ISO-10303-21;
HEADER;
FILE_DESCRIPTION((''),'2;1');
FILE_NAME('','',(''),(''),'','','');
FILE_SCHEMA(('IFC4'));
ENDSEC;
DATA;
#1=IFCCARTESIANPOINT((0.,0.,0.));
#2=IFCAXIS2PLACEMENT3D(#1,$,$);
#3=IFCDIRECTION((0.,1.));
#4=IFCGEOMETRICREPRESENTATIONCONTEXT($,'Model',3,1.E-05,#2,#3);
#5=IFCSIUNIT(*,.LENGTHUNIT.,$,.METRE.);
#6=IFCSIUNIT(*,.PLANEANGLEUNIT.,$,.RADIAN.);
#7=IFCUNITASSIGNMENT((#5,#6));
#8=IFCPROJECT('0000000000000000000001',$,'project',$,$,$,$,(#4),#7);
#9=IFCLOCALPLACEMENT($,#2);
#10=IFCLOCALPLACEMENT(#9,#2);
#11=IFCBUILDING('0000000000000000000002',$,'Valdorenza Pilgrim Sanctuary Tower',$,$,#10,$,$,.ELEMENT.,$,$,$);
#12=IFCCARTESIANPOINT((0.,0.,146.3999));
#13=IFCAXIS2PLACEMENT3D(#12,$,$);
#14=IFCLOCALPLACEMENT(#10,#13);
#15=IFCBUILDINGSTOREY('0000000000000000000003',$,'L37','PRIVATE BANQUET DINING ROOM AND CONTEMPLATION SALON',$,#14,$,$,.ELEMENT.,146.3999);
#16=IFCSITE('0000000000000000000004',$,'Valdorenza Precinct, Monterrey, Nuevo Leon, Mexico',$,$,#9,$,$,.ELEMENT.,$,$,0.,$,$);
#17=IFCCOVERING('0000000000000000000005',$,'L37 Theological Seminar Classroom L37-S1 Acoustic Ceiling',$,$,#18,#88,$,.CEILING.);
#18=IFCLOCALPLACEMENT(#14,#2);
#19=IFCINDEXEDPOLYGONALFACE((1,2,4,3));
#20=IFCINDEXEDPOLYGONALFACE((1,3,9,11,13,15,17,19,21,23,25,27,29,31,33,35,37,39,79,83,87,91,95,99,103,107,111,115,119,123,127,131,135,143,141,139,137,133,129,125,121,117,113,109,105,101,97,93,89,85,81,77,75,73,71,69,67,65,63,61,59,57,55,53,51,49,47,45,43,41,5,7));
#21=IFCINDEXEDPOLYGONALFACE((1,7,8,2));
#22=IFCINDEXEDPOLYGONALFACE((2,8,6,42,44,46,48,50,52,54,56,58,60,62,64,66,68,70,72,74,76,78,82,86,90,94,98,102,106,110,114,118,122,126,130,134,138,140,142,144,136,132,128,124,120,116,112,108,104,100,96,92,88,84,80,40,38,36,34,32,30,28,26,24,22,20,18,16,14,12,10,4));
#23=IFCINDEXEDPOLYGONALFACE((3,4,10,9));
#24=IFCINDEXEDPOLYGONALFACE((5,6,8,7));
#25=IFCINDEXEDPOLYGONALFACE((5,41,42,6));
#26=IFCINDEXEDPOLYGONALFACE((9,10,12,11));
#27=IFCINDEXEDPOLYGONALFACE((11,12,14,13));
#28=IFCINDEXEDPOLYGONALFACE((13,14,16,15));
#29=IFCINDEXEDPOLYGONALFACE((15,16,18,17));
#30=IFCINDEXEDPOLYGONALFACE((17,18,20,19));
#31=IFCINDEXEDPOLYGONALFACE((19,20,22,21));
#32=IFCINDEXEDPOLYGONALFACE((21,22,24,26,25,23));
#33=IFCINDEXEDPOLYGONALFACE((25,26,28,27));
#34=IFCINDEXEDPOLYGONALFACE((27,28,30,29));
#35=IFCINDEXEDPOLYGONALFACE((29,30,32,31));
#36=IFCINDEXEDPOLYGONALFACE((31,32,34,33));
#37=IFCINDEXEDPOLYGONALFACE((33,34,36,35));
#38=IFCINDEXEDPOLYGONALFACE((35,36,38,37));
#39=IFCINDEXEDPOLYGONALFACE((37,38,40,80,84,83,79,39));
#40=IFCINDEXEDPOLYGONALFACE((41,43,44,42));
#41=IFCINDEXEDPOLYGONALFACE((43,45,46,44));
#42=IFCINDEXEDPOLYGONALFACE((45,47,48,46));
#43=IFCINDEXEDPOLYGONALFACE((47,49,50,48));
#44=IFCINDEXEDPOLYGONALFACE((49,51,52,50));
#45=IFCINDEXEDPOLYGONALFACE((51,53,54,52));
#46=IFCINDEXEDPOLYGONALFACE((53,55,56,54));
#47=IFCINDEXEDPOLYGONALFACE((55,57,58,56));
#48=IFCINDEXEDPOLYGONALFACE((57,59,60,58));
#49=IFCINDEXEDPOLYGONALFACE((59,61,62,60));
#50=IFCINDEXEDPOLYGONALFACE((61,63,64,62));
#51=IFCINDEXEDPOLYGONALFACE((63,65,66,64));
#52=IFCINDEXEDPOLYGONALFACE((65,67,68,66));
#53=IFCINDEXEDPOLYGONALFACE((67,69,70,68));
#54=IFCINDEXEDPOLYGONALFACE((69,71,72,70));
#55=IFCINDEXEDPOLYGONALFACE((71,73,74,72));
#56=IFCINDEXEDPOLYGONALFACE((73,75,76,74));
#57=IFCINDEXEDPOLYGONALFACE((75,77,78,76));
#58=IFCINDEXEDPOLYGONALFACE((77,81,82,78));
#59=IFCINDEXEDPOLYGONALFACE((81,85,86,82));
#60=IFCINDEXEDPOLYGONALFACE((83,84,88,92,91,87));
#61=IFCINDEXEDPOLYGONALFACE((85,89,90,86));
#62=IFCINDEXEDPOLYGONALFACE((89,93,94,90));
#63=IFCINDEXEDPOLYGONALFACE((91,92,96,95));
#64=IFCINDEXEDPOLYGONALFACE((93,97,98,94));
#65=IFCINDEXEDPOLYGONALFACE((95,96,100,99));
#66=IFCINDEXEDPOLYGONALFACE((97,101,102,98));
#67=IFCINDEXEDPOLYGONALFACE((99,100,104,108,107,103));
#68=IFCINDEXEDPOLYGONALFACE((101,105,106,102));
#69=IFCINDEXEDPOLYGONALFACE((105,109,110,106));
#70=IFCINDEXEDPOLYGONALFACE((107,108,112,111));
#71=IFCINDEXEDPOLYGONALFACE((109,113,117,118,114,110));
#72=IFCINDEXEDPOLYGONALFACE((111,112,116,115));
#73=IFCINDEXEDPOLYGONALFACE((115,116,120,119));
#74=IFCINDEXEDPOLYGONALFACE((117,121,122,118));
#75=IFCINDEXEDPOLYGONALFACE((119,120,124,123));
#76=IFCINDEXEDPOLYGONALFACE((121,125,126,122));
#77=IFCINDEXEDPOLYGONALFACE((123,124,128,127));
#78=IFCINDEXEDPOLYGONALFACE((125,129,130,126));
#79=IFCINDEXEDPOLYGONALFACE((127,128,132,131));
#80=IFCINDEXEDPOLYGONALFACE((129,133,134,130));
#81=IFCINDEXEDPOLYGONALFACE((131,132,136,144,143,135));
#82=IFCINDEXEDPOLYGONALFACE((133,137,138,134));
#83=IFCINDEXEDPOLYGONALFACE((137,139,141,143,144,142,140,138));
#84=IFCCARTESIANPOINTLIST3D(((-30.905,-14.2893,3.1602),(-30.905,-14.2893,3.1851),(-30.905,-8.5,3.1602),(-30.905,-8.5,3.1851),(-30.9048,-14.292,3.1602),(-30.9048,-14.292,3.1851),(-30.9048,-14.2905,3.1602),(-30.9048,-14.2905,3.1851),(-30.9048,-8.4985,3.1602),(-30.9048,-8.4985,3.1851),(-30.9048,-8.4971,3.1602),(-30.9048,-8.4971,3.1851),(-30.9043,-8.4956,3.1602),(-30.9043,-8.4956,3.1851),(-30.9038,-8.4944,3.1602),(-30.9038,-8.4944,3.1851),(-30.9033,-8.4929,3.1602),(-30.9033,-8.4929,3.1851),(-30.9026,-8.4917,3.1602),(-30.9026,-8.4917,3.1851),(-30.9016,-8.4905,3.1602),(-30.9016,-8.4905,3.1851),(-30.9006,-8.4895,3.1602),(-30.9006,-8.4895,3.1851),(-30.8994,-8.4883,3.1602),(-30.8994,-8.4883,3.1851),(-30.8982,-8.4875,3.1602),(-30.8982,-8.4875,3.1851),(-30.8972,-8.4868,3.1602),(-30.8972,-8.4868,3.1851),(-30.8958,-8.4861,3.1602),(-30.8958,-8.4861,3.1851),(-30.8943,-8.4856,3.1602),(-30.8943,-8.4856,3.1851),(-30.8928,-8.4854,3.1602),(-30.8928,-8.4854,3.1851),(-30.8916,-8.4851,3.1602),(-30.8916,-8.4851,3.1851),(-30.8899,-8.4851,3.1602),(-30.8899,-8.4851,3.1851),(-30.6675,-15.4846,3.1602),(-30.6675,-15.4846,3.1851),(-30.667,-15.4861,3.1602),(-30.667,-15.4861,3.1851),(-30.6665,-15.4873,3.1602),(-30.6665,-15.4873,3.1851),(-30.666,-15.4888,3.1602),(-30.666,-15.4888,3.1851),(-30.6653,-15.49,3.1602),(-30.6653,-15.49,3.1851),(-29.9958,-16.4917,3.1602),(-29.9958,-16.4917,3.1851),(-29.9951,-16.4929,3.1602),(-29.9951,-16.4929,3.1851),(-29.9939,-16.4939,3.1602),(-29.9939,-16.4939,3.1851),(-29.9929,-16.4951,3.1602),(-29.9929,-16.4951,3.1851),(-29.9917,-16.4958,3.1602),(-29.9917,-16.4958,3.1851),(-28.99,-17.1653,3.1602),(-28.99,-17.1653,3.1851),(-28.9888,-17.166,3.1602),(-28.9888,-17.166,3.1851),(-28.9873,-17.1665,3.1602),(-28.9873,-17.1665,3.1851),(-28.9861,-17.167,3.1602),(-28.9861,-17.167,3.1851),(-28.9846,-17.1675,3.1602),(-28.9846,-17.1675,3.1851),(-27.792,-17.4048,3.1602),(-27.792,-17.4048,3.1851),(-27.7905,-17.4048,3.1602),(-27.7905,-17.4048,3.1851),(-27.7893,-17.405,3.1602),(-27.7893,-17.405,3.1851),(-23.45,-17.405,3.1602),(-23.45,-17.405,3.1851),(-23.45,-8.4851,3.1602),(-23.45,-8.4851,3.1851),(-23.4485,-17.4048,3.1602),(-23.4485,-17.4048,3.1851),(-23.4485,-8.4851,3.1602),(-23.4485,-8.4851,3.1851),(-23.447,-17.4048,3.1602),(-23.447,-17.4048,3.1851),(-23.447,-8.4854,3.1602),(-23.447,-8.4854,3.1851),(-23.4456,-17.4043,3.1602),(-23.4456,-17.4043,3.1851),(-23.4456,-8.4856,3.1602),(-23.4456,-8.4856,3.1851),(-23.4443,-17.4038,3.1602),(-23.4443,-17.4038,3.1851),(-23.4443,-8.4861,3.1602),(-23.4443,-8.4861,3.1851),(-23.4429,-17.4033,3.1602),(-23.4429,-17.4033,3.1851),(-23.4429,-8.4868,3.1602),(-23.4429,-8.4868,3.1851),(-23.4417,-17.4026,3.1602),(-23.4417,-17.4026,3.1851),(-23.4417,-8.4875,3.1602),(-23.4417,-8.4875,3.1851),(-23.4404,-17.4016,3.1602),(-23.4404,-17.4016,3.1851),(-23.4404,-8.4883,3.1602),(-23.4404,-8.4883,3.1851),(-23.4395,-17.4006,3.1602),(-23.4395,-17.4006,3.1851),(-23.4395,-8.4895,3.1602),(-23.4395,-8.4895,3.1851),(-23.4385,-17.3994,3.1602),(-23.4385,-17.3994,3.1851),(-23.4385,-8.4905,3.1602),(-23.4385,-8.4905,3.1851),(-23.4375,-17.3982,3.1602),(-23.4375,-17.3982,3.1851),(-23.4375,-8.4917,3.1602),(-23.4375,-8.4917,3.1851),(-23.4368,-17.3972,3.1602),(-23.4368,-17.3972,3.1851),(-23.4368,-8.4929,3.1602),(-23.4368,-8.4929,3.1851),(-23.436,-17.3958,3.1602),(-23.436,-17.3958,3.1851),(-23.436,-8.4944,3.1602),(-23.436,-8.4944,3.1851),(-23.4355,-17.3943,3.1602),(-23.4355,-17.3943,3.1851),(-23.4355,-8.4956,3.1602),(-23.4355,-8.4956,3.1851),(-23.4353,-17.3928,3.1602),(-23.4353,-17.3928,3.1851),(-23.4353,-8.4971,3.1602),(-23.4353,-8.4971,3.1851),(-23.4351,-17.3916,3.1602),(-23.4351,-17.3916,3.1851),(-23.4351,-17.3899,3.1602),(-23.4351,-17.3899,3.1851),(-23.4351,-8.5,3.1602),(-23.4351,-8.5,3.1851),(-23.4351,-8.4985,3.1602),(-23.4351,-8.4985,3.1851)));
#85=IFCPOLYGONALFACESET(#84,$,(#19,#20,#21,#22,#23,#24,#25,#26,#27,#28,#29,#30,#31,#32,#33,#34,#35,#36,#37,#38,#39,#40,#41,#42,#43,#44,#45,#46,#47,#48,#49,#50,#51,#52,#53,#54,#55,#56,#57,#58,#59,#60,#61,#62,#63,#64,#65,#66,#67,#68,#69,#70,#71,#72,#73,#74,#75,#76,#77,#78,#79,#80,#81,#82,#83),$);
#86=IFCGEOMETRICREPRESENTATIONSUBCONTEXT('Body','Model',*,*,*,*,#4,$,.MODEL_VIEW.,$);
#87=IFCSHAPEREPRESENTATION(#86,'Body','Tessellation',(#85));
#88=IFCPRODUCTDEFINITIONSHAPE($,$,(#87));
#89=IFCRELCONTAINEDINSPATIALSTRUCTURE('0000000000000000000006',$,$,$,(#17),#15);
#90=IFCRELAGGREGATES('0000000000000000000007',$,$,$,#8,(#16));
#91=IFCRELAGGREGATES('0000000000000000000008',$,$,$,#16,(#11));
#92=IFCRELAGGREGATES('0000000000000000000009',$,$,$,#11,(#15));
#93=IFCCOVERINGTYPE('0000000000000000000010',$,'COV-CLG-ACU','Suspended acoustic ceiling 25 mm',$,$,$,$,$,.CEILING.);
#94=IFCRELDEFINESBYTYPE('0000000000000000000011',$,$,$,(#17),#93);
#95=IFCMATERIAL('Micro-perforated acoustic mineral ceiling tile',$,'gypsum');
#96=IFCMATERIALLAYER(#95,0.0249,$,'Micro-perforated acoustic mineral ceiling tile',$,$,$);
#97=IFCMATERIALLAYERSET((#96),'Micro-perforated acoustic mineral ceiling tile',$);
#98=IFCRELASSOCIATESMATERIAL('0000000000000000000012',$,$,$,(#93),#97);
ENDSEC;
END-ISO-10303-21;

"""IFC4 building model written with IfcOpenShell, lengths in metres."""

from ifc_helpers import new_model, si_unit, direction, frame, origin, place, context, subcontext, project, spatial, polyline, outline, extrude, material, layer, layer_set, type_object, element, save


model = new_model("IFC4")

# Units and contexts
model_context = context("Model", 3, precision=1e-05, world=origin(), true_north=direction((0.0, 1.0)))
body_context = subcontext(model_context, "Body", "Model", "MODEL_VIEW")
ifc_project = project(units=[si_unit("LENGTHUNIT", "METRE"), si_unit("PLANEANGLEUNIT", "RADIAN")], contexts=[model_context])

# Site, building, storey
site_placement = place(None, origin())
site = spatial("IfcSite", under=ifc_project, at=site_placement, Name="Valdorenza Precinct, Monterrey, Nuevo Leon, Mexico", CompositionType="ELEMENT", RefElevation=0.0)
building_placement = place(site_placement, origin())
building = spatial("IfcBuilding", under=site, at=building_placement, Name="Valdorenza Pilgrim Sanctuary Tower", CompositionType="ELEMENT")
storey_placement = place(building_placement, frame((0.0, 0.0, 146.3999)))
storey = spatial("IfcBuildingStorey", under=building, at=storey_placement, Name="L37", Description="PRIVATE BANQUET DINING ROOM AND CONTEMPLATION SALON", CompositionType="ELEMENT", Elevation=146.3999)

# Covering
ifc_material_1 = material(Name="Micro-perforated acoustic mineral ceiling tile", Category="gypsum")
ifc_layer_1 = layer(ifc_material_1, 0.0249, Name="Micro-perforated acoustic mineral ceiling tile")
ifc_layer_set_1 = layer_set([ifc_layer_1], Name="Micro-perforated acoustic mineral ceiling tile")
covering_type_1 = type_object("IfcCoveringType", Name="COV-CLG-ACU", Description="Suspended acoustic ceiling 25 mm", PredefinedType="CEILING", material=ifc_layer_set_1)
covering_1_placement = place(storey_placement, frame((0.0, 0.0, 3.1602)))
element("IfcCovering", 1, at=covering_1_placement, inside=storey, type_object=covering_type_1, Name="L37 Theological Seminar Classroom L37-S1 Acoustic Ceiling", PredefinedType="CEILING", context=body_context, shape_type="SweptSolid", body=[
    extrude(outline(polyline([(-23.4351, -17.3899), (-23.4351, -17.3916), (-23.4353, -17.3928), (-23.4355, -17.3943), (-23.436, -17.3958), (-23.4368, -17.3972), (-23.4375, -17.3982), (-23.4385, -17.3994), (-23.4395, -17.4006), (-23.4404, -17.4016), (-23.4417, -17.4026), (-23.4429, -17.4033), (-23.4443, -17.4038), (-23.4456, -17.4043), (-23.447, -17.4048), (-23.4485, -17.4048), (-23.45, -17.405), (-27.7893, -17.405), (-27.7905, -17.4048), (-27.792, -17.4048), (-28.9846, -17.1675), (-28.9861, -17.167), (-28.9873, -17.1665), (-28.9888, -17.166), (-28.99, -17.1653), (-29.9917, -16.4958), (-29.9929, -16.4951), (-29.9939, -16.4939), (-29.9951, -16.4929), (-29.9958, -16.4917), (-30.6653, -15.49), (-30.666, -15.4888), (-30.6665, -15.4873), (-30.667, -15.4861), (-30.6675, -15.4846), (-30.9048, -14.292), (-30.9048, -14.2905), (-30.905, -14.2893), (-30.905, -8.5), (-30.9048, -8.4985), (-30.9048, -8.4971), (-30.9043, -8.4956), (-30.9038, -8.4944), (-30.9033, -8.4929), (-30.9026, -8.4917), (-30.9016, -8.4905), (-30.9006, -8.4895), (-30.8994, -8.4883), (-30.8982, -8.4875), (-30.8972, -8.4868), (-30.8958, -8.4861), (-30.8943, -8.4856), (-30.8928, -8.4854), (-30.8916, -8.4851), (-30.8899, -8.4851), (-23.45, -8.4851), (-23.4485, -8.4851), (-23.447, -8.4854), (-23.4456, -8.4856), (-23.4443, -8.4861), (-23.4429, -8.4868), (-23.4417, -8.4875), (-23.4404, -8.4883), (-23.4395, -8.4895), (-23.4385, -8.4905), (-23.4375, -8.4917), (-23.4368, -8.4929), (-23.436, -8.4944), (-23.4355, -8.4956), (-23.4353, -8.4971), (-23.4351, -8.4985), (-23.4351, -8.5), (-23.4351, -17.3899)])), origin(), (0.0, 0.0, 1.0), 0.0249),
])

save(model, "model.ifc")
